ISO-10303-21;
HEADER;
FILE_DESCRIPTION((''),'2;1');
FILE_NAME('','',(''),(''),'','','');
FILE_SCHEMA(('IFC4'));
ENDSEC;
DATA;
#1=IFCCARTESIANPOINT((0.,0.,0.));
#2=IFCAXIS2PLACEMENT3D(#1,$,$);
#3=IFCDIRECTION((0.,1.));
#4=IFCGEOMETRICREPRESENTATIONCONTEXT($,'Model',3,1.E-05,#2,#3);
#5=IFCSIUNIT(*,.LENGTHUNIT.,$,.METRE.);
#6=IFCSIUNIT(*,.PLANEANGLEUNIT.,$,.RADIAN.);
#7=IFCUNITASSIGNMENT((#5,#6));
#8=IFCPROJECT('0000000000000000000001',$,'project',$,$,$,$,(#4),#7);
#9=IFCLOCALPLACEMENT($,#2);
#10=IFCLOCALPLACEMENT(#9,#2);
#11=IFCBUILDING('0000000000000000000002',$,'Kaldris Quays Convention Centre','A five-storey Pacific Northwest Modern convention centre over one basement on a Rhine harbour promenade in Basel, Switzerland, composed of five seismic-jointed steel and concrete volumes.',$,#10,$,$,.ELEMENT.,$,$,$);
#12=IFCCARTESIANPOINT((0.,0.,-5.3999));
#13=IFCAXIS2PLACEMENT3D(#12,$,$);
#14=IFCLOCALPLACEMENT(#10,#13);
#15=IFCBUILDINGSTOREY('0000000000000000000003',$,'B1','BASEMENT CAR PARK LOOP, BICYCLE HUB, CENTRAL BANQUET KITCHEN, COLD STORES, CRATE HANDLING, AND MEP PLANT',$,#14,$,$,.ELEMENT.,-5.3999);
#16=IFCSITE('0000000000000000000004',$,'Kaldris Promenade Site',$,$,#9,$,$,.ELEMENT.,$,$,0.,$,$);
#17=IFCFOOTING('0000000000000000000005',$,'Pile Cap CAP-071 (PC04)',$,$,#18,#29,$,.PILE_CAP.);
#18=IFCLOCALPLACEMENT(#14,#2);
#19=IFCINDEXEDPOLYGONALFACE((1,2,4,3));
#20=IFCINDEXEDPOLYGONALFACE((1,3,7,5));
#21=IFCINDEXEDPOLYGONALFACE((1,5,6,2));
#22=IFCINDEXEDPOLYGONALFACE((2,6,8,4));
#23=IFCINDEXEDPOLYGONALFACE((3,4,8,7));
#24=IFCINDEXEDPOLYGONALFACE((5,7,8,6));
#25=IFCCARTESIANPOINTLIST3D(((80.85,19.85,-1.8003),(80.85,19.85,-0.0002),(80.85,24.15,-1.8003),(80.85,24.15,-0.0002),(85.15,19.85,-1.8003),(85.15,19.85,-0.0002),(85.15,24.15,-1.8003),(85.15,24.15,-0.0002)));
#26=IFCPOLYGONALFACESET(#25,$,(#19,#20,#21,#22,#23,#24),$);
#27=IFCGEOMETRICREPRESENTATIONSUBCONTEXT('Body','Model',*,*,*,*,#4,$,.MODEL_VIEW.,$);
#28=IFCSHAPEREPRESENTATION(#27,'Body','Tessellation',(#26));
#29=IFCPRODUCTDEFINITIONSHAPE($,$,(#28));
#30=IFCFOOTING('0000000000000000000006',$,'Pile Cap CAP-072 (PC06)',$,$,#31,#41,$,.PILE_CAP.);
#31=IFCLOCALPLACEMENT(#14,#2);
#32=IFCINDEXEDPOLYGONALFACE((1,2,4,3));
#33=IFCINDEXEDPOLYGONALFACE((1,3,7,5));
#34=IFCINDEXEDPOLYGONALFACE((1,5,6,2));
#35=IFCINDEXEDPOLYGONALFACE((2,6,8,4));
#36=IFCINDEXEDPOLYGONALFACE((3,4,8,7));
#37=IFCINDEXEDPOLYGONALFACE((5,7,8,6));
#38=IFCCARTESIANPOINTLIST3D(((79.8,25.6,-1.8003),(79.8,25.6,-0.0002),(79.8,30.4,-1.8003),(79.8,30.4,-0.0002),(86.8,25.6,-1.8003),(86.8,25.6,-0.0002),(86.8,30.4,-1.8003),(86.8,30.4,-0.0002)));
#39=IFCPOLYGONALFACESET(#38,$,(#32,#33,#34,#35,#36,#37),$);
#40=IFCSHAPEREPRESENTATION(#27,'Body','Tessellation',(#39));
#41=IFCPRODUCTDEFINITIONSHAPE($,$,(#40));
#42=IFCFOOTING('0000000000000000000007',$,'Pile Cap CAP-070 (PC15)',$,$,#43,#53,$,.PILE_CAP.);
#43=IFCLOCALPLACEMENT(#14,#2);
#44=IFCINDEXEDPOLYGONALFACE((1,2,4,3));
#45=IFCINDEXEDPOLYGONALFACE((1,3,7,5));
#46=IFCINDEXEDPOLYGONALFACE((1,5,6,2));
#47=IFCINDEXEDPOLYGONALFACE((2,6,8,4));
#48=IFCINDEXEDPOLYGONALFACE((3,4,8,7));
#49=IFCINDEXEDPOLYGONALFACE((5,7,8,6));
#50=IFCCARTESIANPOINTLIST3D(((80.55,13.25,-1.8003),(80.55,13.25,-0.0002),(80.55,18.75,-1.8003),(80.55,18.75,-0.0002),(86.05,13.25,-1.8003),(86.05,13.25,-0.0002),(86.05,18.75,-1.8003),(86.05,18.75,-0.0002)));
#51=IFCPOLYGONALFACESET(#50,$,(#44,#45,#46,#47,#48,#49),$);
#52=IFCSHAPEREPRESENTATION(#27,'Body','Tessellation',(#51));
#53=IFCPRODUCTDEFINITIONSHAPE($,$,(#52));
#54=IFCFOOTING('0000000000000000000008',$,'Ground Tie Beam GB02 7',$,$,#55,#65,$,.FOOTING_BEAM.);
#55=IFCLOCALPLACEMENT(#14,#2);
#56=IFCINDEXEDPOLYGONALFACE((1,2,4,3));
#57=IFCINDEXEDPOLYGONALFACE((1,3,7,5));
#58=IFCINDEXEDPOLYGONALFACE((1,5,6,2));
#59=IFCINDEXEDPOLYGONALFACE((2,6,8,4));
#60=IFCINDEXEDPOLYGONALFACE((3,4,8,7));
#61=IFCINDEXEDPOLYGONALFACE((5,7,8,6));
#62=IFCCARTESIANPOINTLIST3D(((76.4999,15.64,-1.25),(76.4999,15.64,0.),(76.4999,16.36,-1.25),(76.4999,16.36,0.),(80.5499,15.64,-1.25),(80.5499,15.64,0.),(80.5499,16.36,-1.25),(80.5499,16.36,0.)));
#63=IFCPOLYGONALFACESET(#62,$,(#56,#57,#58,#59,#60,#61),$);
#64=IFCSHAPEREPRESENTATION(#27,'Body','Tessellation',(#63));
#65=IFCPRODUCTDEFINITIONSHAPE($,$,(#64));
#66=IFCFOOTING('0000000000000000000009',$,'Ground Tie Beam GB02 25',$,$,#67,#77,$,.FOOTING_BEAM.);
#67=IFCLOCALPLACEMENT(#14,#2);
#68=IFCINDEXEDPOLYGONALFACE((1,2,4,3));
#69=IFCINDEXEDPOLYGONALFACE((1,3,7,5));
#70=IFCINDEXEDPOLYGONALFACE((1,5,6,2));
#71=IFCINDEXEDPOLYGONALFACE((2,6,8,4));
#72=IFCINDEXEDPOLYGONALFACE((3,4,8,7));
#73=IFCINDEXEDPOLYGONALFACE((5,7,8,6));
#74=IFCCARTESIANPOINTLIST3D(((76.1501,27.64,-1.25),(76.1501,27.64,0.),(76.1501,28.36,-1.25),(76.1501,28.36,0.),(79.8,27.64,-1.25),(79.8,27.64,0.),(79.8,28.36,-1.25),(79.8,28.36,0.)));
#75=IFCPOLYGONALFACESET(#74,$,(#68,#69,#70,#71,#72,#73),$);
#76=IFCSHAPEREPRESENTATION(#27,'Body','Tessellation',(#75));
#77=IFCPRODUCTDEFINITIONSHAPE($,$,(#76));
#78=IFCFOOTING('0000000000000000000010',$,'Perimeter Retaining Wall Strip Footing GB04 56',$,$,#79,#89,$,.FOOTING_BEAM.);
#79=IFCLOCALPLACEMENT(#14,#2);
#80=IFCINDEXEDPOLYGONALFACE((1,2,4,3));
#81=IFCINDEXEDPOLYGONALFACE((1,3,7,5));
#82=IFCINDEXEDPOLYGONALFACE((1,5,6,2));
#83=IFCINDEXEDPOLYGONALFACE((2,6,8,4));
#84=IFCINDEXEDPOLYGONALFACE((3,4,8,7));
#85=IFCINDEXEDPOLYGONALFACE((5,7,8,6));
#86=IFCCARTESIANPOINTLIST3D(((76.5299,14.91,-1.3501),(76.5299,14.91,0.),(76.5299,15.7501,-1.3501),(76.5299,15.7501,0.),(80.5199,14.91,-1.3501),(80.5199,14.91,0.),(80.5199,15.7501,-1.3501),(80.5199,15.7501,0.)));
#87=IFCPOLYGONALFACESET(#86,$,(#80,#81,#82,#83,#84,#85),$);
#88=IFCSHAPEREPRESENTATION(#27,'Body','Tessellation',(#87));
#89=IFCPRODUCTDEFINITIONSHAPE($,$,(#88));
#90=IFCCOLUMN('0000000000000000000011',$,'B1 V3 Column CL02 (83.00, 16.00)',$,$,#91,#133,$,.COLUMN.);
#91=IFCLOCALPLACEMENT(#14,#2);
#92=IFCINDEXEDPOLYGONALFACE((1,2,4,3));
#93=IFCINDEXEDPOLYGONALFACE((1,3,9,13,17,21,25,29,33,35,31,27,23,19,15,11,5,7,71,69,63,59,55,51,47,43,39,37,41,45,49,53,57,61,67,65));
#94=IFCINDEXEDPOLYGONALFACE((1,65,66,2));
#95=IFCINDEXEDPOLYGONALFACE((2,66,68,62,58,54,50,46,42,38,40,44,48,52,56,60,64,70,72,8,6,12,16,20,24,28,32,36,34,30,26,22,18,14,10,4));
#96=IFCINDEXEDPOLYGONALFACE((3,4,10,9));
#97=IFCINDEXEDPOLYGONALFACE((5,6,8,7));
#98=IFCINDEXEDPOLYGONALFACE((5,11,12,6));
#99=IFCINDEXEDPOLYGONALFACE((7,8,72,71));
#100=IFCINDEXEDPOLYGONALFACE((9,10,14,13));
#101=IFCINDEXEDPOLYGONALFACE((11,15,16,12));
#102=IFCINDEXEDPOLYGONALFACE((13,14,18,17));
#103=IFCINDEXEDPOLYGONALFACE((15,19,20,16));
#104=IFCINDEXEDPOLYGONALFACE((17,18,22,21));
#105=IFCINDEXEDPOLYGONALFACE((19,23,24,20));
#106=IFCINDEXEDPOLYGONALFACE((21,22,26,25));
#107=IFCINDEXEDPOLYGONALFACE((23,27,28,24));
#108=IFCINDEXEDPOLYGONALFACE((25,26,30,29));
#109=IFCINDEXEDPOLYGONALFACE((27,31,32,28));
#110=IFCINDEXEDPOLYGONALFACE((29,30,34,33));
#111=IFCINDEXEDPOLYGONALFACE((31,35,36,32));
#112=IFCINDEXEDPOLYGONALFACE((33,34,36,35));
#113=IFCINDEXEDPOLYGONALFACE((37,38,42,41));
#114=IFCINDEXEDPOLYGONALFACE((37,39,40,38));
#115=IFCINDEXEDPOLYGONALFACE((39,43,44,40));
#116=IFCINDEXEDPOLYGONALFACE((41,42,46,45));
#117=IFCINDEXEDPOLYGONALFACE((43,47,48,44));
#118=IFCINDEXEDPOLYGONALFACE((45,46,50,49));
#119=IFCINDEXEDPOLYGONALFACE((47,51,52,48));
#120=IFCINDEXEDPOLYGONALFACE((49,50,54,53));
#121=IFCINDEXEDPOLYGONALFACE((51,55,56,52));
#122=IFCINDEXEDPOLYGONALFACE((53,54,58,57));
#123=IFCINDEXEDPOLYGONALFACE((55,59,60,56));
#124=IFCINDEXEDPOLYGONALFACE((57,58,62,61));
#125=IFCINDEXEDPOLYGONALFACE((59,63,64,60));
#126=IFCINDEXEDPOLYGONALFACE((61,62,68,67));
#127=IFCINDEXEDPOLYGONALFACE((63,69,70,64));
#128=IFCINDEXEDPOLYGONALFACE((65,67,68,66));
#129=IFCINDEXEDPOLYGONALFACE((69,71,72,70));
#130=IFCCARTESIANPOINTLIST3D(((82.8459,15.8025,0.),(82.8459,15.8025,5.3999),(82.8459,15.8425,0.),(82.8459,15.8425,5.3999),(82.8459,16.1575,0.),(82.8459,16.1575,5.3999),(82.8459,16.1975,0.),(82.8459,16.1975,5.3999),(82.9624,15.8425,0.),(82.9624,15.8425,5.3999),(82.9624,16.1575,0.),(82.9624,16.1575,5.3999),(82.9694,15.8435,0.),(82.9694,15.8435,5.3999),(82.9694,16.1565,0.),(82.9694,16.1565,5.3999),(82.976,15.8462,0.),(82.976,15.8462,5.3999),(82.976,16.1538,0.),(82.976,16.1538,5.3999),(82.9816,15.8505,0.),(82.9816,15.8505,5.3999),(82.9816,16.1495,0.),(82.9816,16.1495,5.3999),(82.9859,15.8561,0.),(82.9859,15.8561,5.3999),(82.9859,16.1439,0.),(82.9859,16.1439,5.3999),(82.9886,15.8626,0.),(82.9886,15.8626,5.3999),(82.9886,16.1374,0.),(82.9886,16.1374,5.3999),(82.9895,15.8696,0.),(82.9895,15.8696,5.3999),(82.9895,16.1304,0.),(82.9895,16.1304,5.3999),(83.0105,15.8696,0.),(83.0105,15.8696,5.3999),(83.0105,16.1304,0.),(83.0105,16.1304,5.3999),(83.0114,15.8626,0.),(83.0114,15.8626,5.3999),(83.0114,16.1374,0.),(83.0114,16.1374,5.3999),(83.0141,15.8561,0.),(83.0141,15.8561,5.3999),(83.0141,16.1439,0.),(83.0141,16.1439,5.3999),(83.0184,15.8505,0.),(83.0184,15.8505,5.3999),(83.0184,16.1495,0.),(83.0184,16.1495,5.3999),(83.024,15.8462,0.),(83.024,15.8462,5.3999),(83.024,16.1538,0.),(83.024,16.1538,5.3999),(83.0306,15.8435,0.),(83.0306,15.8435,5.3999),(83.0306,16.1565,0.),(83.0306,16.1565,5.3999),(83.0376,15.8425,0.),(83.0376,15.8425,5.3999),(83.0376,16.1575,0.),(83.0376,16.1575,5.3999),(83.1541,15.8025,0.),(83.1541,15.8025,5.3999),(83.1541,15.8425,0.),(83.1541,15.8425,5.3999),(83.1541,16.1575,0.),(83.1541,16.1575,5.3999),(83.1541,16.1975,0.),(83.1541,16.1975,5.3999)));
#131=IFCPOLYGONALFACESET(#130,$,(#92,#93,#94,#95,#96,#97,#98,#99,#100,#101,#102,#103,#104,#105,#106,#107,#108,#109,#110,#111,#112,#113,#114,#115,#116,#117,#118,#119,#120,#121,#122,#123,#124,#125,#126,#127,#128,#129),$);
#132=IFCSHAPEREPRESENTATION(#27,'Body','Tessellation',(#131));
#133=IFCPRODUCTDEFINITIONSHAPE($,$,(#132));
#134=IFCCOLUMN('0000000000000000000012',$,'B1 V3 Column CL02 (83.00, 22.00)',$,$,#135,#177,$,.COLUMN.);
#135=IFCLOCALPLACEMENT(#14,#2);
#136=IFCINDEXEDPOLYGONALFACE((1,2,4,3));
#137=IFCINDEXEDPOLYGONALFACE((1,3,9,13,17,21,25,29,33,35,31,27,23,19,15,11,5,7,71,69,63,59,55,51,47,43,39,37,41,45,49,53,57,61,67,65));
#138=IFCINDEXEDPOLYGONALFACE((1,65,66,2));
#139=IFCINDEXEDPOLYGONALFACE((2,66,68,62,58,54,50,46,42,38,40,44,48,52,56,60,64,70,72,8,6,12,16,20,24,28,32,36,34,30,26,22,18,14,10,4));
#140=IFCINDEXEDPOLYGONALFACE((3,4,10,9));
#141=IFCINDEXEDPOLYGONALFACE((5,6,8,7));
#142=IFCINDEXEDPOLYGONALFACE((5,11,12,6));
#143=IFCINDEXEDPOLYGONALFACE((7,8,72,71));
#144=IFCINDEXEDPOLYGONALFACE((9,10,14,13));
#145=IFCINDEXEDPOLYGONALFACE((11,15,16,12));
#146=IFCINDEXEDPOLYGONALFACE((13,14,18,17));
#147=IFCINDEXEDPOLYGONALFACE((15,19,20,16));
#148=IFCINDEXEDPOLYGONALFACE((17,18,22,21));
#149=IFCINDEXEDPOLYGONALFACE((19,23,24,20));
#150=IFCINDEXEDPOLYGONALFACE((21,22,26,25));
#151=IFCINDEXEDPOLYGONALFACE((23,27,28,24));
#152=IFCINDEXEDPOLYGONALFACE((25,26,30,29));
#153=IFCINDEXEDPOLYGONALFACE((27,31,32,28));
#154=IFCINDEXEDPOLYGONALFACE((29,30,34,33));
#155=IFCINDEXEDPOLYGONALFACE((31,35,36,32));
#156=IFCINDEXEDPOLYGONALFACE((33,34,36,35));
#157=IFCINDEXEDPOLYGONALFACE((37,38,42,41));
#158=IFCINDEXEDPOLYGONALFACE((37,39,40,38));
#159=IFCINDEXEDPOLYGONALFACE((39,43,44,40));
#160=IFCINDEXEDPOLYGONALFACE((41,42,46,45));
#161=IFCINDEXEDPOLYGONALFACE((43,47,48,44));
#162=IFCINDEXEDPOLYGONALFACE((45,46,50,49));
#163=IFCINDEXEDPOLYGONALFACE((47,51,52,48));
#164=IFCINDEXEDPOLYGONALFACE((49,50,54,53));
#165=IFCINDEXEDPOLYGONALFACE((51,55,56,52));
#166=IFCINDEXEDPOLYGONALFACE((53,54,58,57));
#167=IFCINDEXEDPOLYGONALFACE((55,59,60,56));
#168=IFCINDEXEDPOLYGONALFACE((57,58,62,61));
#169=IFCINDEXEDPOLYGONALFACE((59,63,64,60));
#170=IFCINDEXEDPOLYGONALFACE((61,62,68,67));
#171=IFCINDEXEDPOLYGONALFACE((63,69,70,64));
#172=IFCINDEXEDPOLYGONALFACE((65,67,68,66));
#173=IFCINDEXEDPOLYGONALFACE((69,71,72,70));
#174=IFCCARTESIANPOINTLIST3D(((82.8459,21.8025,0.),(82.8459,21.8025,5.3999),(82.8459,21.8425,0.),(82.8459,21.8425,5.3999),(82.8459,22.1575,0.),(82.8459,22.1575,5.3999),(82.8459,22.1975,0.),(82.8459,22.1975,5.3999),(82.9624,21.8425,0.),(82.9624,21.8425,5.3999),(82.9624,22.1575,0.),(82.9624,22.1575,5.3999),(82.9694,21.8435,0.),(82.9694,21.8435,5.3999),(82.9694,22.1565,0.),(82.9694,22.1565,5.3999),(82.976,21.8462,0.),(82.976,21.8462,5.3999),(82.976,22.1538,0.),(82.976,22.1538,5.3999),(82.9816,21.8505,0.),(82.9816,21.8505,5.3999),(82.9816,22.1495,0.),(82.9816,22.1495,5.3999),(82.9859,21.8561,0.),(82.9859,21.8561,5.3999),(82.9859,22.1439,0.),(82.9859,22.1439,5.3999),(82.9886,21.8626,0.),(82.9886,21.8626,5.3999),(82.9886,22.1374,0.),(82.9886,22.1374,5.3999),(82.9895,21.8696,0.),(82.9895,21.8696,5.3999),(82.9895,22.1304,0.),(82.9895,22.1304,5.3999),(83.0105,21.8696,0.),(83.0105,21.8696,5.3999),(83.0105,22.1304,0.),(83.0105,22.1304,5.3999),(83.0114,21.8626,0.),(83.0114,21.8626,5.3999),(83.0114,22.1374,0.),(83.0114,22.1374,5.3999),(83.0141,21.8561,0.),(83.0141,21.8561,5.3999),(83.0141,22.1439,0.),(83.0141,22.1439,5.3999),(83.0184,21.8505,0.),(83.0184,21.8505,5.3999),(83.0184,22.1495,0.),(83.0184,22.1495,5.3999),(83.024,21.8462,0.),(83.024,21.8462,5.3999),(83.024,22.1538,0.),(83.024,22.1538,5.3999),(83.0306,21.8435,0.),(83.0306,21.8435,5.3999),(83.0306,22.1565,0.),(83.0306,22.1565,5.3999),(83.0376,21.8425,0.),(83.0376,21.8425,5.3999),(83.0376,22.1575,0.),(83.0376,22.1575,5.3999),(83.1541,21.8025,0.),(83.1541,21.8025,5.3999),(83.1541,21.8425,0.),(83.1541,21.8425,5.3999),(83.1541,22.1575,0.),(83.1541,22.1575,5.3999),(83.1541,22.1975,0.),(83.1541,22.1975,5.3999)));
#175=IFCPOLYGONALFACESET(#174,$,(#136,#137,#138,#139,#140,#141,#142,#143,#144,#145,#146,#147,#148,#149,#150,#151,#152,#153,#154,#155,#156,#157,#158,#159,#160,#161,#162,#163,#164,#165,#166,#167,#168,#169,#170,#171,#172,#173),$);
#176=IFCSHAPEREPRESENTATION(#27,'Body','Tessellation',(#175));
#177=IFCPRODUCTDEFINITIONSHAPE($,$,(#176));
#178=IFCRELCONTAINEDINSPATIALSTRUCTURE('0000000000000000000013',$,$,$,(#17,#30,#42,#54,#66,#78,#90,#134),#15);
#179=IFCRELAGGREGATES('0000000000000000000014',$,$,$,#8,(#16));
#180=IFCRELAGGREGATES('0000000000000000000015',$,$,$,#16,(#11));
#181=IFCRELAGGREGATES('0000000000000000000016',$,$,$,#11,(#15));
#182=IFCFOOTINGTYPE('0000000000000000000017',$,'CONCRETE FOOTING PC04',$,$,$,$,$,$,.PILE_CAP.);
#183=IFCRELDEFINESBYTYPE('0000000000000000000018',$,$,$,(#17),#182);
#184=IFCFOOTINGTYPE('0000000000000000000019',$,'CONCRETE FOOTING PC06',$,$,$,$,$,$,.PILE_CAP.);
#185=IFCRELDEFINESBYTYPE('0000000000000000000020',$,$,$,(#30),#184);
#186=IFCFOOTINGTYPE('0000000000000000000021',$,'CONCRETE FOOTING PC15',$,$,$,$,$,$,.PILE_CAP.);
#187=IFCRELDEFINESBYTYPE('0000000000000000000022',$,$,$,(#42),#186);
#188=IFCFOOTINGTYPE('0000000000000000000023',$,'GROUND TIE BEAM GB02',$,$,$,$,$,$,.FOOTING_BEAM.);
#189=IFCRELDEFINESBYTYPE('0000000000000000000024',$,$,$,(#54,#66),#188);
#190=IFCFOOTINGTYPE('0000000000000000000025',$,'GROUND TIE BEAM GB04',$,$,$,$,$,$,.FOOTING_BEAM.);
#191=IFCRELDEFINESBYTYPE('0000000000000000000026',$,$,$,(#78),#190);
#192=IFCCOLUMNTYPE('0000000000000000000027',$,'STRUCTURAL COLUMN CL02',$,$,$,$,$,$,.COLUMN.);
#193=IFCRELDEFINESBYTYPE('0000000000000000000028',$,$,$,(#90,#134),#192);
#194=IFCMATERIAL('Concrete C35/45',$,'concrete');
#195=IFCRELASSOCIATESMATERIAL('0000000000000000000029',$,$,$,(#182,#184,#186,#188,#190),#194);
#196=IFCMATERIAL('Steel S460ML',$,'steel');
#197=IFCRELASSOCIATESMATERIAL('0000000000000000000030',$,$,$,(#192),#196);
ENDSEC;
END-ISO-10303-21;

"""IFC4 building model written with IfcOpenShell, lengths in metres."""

from ifc_helpers import new_model, si_unit, direction, frame, origin, origin_2d, place, context, subcontext, project, spatial, rectangle, i_section, extrude, material, material_profile, profile_set, type_object, element, save


model = new_model("IFC4")

# Units and contexts
model_context = context("Model", 3, precision=1e-05, world=origin(), true_north=direction((0.0, 1.0)))
body_context = subcontext(model_context, "Body", "Model", "MODEL_VIEW")
ifc_project = project(units=[si_unit("LENGTHUNIT", "METRE"), si_unit("PLANEANGLEUNIT", "RADIAN")], contexts=[model_context])

# Site, building, storey
site_placement = place(None, origin())
site = spatial("IfcSite", under=ifc_project, at=site_placement, Name="Kaldris Promenade Site", CompositionType="ELEMENT", RefElevation=0.0)
building_placement = place(site_placement, origin())
building = spatial("IfcBuilding", under=site, at=building_placement, Name="Kaldris Quays Convention Centre", Description="A five-storey Pacific Northwest Modern convention centre over one basement on a Rhine harbour promenade in Basel, Switzerland, composed of five seismic-jointed steel and concrete volumes.", CompositionType="ELEMENT")
storey_placement = place(building_placement, frame((0.0, 0.0, -5.3999)))
storey = spatial("IfcBuildingStorey", under=building, at=storey_placement, Name="B1", Description="BASEMENT CAR PARK LOOP, BICYCLE HUB, CENTRAL BANQUET KITCHEN, COLD STORES, CRATE HANDLING, AND MEP PLANT", CompositionType="ELEMENT", Elevation=-5.3999)

# Shared definitions
ifc_material_1 = material(Name="Concrete C35/45", Category="concrete")

# Footings
footing_type_1 = type_object("IfcFootingType", Name="CONCRETE FOOTING PC04", PredefinedType="PILE_CAP", material=ifc_material_1)
footing_1_placement = place(storey_placement, frame((83.0, 22.0, -1.8003), z_axis=(0.0, 0.0, 1.0), x_axis=(1.0, 0.0, 0.0)))
element("IfcFooting", 1, at=footing_1_placement, inside=storey, type_object=footing_type_1, Name="Pile Cap CAP-071 (PC04)", PredefinedType="PILE_CAP", context=body_context, shape_type="SweptSolid", body=[
    extrude(rectangle(XDim=4.3, YDim=4.3, at=origin_2d()), origin(), (0.0, 0.0, 1.0), 1.8),
])
footing_type_2 = type_object("IfcFootingType", Name="CONCRETE FOOTING PC06", PredefinedType="PILE_CAP", material=ifc_material_1)
footing_2_placement = place(storey_placement, frame((83.3, 28.0, -1.8003), z_axis=(0.0, 0.0, 1.0), x_axis=(1.0, 0.0, 0.0)))
element("IfcFooting", 2, at=footing_2_placement, inside=storey, type_object=footing_type_2, Name="Pile Cap CAP-072 (PC06)", PredefinedType="PILE_CAP", context=body_context, shape_type="SweptSolid", body=[
    extrude(rectangle(XDim=7.0, YDim=4.8, at=origin_2d()), origin(), (0.0, 0.0, 1.0), 1.8),
])
footing_type_3 = type_object("IfcFootingType", Name="CONCRETE FOOTING PC15", PredefinedType="PILE_CAP", material=ifc_material_1)
footing_3_placement = place(storey_placement, frame((83.3, 16.0, -1.8003), z_axis=(0.0, 0.0, 1.0), x_axis=(1.0, 0.0, 0.0)))
element("IfcFooting", 3, at=footing_3_placement, inside=storey, type_object=footing_type_3, Name="Pile Cap CAP-070 (PC15)", PredefinedType="PILE_CAP", context=body_context, shape_type="SweptSolid", body=[
    extrude(rectangle(XDim=5.5, YDim=5.5, at=origin_2d()), origin(), (0.0, 0.0, 1.0), 1.8),
])
footing_type_4 = type_object("IfcFootingType", Name="GROUND TIE BEAM GB02", PredefinedType="FOOTING_BEAM", material=ifc_material_1)
footing_4_placement = place(storey_placement, frame((78.5249, 16.0, -1.25), z_axis=(0.0, 0.0, 1.0), x_axis=(1.0, 0.0, 0.0)))
element("IfcFooting", 4, at=footing_4_placement, inside=storey, type_object=footing_type_4, Name="Ground Tie Beam GB02 7", PredefinedType="FOOTING_BEAM", context=body_context, shape_type="SweptSolid", body=[
    extrude(rectangle(XDim=4.05, YDim=0.72, at=origin_2d()), origin(), (0.0, 0.0, 1.0), 1.25),
])
footing_5_placement = place(storey_placement, frame((77.9751, 28.0, -1.25), z_axis=(0.0, 0.0, 1.0), x_axis=(1.0, 0.0, 0.0)))
element("IfcFooting", 5, at=footing_5_placement, inside=storey, type_object=footing_type_4, Name="Ground Tie Beam GB02 25", PredefinedType="FOOTING_BEAM", context=body_context, shape_type="SweptSolid", body=[
    extrude(rectangle(XDim=3.6499, YDim=0.72, at=origin_2d()), origin(), (0.0, 0.0, 1.0), 1.25),
])
footing_type_5 = type_object("IfcFootingType", Name="GROUND TIE BEAM GB04", PredefinedType="FOOTING_BEAM", material=ifc_material_1)
footing_6_placement = place(storey_placement, frame((78.5249, 15.3301, -1.3501), z_axis=(0.0, 0.0, 1.0), x_axis=(1.0, 0.0, 0.0)))
element("IfcFooting", 6, at=footing_6_placement, inside=storey, type_object=footing_type_5, Name="Perimeter Retaining Wall Strip Footing GB04 56", PredefinedType="FOOTING_BEAM", context=body_context, shape_type="SweptSolid", body=[
    extrude(rectangle(XDim=3.99, YDim=0.8401, at=origin_2d()), origin(), (0.0, 0.0, 1.0), 1.3501),
])

# Columns
ifc_material_2 = material(Name="Steel S460ML", Category="steel")
ifc_material_profile_1 = material_profile(ifc_material_2, i_section(OverallWidth=0.3081, OverallDepth=0.395, WebThickness=0.021, FlangeThickness=0.04, FilletRadius=0.0271, at=origin_2d()), Name="HEM 360")
ifc_profile_set_1 = profile_set([ifc_material_profile_1], Name="Steel S460ML")
column_type_1 = type_object("IfcColumnType", Name="STRUCTURAL COLUMN CL02", PredefinedType="COLUMN", material=ifc_profile_set_1)
for number, where, z_axis, x_axis, name in (
    (7, (83.0, 16.0, 0.0), (0.0, 0.0, 1.0), (1.0, 0.0, 0.0), "B1 V3 Column CL02 (83.00, 16.00)"),
    (8, (83.0, 22.0, 0.0), (0.0, 0.0, 1.0), (1.0, 0.0, 0.0), "B1 V3 Column CL02 (83.00, 22.00)"),
):
    element("IfcColumn", number, at=place(storey_placement, frame(where, z_axis=z_axis, x_axis=x_axis)), inside=storey, type_object=column_type_1, Name=name, PredefinedType="COLUMN", context=body_context, shape_type="SweptSolid", body=[
        extrude(i_section(OverallWidth=0.3081, OverallDepth=0.395, WebThickness=0.021, FlangeThickness=0.04, FilletRadius=0.0271, at=origin_2d()), origin(), (0.0, 0.0, 1.0), 5.3999),
    ])

save(model, "model.ifc")
